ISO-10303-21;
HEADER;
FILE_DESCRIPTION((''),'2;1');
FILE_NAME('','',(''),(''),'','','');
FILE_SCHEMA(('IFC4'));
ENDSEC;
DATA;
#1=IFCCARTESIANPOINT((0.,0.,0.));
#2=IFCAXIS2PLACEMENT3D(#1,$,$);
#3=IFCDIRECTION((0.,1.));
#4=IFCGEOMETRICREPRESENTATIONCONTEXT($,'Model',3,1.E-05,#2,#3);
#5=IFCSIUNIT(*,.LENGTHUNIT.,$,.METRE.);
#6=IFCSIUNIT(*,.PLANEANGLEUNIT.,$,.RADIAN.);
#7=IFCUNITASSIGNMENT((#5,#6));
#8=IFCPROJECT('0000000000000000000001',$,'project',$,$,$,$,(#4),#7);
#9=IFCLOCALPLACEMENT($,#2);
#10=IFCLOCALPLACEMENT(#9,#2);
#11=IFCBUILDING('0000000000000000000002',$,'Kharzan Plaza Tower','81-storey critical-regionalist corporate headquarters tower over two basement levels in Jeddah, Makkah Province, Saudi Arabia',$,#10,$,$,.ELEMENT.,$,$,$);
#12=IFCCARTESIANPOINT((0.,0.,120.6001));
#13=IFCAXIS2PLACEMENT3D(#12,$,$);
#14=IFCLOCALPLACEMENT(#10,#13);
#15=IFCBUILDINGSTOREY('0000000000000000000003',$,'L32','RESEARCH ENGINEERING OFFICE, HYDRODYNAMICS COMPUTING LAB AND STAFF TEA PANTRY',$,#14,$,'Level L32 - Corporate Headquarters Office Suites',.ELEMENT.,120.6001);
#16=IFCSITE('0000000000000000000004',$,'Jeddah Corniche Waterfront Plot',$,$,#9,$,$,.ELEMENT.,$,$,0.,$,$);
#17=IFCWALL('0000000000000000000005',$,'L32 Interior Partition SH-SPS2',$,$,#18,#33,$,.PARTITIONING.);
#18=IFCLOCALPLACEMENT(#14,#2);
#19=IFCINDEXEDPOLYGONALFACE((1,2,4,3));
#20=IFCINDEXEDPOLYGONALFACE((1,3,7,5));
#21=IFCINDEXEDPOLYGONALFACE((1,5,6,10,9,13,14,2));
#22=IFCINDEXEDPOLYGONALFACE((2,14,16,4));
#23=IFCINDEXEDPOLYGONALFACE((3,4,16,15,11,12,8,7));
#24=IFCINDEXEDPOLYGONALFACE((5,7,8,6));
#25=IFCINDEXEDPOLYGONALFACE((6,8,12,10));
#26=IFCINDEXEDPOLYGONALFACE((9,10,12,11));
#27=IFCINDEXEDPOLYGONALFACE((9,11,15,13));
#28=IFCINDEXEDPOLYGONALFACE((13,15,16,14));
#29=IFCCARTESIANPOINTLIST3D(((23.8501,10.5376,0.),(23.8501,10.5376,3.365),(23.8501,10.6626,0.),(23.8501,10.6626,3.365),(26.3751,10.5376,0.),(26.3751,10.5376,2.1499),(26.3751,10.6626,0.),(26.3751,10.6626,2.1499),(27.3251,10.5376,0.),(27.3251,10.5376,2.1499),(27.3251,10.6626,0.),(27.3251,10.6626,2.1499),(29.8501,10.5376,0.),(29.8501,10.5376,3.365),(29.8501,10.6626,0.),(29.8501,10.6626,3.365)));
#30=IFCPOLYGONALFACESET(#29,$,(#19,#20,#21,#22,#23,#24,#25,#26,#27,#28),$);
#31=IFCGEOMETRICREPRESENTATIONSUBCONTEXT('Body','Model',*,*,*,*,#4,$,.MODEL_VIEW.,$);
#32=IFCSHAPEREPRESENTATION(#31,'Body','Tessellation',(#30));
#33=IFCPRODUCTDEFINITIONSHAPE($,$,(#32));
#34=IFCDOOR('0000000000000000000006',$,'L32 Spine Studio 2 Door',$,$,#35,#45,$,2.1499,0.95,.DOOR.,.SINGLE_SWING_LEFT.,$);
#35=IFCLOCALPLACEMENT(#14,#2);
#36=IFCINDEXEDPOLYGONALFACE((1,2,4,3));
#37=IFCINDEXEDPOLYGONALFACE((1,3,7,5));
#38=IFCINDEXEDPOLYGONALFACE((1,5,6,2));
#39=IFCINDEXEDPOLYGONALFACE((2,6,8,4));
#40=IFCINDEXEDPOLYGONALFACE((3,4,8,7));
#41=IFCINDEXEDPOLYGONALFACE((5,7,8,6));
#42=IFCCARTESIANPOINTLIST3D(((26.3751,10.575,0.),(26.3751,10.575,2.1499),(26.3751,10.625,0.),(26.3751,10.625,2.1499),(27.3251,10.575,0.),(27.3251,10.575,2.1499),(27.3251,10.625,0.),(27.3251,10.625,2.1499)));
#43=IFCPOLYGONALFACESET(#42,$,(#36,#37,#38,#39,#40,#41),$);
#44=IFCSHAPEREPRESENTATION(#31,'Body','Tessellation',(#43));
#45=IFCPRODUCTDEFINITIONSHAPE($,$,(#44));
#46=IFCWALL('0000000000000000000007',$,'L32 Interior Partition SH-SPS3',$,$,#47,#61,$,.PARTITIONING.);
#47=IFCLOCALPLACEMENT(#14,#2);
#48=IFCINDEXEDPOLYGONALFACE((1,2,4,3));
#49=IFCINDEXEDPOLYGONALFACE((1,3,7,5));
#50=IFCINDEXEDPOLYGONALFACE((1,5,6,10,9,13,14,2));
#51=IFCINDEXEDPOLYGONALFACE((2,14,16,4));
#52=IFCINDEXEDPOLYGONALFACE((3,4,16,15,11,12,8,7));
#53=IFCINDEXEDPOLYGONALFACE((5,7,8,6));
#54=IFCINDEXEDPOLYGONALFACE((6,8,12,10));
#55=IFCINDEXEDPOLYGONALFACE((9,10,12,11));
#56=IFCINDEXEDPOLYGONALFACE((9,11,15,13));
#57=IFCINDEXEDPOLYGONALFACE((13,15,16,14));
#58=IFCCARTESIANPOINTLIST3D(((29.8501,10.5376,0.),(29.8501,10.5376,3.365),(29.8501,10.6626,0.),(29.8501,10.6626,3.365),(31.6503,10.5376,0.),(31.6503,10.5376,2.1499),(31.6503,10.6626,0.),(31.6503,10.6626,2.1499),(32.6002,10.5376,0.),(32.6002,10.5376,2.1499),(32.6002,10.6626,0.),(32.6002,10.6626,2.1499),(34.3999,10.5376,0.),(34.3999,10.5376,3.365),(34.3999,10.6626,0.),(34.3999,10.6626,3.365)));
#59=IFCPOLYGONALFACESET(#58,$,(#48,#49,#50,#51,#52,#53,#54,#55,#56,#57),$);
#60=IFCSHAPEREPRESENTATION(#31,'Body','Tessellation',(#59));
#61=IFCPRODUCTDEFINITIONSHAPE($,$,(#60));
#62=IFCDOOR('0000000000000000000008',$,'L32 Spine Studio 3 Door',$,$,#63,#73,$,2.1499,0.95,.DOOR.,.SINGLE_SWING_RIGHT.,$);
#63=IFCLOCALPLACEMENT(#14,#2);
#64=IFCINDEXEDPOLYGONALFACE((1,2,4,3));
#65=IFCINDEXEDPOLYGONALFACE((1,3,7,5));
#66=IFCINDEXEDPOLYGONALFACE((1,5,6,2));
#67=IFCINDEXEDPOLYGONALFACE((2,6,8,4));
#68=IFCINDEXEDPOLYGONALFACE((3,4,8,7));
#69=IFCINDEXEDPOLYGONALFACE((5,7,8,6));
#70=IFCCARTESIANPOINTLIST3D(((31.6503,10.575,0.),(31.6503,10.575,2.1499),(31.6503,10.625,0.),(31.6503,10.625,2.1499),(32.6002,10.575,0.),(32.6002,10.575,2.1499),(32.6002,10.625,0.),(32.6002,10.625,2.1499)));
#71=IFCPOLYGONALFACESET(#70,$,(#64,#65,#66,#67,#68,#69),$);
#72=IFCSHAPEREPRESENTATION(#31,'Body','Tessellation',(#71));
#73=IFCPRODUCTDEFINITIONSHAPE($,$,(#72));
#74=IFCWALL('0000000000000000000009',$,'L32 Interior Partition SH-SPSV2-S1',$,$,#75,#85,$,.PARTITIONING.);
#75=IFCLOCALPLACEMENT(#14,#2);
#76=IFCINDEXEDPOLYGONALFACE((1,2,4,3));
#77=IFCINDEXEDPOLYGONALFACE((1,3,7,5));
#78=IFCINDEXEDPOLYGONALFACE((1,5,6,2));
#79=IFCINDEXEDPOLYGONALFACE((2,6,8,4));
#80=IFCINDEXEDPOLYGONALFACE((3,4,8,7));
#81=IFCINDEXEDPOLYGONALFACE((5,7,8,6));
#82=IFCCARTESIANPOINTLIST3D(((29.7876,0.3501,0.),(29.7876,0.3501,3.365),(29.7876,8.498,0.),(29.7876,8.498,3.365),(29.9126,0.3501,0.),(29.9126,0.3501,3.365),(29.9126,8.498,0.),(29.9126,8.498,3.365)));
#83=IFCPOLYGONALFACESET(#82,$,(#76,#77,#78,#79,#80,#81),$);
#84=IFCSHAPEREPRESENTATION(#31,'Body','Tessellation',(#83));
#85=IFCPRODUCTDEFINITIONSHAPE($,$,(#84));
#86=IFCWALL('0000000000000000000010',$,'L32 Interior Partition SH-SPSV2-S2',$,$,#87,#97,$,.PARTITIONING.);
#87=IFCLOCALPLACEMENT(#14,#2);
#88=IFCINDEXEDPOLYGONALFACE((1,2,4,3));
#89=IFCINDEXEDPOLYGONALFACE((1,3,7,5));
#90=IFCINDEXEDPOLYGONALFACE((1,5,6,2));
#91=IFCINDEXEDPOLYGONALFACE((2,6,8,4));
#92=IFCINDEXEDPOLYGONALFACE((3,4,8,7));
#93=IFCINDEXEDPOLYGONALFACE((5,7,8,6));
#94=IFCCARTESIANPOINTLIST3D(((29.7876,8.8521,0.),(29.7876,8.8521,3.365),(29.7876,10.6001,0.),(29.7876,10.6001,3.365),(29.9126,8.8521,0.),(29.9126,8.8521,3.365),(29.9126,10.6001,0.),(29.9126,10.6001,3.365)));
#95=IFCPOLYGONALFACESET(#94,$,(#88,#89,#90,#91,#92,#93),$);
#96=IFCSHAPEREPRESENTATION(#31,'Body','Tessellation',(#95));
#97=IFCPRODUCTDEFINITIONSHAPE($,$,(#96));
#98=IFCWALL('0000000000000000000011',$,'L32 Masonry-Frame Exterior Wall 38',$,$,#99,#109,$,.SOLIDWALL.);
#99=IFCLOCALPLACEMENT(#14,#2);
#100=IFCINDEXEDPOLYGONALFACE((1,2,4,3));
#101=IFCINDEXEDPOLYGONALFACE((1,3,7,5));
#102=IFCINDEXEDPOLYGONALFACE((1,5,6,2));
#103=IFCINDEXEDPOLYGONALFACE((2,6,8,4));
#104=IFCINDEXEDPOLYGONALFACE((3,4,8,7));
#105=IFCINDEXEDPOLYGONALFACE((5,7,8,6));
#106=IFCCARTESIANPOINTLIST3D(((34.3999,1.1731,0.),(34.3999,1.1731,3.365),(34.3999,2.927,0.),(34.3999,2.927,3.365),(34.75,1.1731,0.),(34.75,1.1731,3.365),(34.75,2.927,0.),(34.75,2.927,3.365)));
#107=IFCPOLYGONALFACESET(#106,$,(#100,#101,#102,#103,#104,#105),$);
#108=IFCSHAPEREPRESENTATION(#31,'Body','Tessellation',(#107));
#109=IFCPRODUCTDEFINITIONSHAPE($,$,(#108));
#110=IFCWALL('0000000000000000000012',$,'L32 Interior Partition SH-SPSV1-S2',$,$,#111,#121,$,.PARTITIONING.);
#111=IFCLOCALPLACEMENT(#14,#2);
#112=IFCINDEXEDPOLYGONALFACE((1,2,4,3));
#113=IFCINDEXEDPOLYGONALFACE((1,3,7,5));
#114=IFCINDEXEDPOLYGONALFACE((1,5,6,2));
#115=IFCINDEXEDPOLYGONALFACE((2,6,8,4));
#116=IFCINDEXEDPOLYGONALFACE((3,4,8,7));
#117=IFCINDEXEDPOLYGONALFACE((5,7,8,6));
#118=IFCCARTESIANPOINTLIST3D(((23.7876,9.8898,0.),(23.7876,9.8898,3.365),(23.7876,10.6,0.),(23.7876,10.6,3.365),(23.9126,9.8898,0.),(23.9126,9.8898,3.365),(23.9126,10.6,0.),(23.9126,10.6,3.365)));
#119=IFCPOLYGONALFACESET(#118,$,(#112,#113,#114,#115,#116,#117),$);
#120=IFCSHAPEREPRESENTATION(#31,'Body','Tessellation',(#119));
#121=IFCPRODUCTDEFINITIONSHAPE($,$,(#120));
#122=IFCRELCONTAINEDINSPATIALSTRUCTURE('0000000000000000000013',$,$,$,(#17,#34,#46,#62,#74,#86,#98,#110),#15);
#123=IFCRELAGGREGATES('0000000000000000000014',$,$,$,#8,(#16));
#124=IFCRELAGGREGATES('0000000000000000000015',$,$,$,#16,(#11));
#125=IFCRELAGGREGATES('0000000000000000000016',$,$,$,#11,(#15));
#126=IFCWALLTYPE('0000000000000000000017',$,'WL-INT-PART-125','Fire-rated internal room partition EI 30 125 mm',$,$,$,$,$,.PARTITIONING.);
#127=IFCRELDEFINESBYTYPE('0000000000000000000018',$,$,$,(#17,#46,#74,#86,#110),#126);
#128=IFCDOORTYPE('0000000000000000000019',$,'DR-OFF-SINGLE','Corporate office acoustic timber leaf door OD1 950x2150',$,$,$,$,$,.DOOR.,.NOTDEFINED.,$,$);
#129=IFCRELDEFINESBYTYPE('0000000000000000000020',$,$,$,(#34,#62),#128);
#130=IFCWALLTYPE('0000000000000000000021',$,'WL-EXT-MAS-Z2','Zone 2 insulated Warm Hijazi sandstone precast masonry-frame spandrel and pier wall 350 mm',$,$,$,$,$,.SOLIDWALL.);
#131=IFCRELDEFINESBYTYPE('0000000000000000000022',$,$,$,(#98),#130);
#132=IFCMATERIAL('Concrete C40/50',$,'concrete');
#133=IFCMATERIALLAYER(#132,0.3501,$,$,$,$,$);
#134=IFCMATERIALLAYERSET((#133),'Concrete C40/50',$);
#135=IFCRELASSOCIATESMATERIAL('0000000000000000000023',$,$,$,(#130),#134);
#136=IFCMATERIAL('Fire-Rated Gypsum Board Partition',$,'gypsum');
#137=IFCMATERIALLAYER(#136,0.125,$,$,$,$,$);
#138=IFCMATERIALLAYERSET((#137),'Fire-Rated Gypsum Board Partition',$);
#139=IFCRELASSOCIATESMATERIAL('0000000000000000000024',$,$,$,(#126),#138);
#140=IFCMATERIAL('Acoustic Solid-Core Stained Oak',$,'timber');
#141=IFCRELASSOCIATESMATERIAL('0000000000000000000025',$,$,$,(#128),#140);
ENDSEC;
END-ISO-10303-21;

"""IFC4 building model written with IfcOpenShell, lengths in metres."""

from ifc_helpers import new_model, si_unit, direction, frame, frame_2d, origin, place, context, subcontext, project, spatial, rectangle, extrude, source, transform, mapped, material, layer, layer_set, type_object, element, fill, save


model = new_model("IFC4")

# Units and contexts
model_context = context("Model", 3, precision=1e-05, world=origin(), true_north=direction((0.0, 1.0)))
body_context = subcontext(model_context, "Body", "Model", "MODEL_VIEW")
ifc_project = project(units=[si_unit("LENGTHUNIT", "METRE"), si_unit("PLANEANGLEUNIT", "RADIAN")], contexts=[model_context])

# Site, building, storey
site_placement = place(None, origin())
site = spatial("IfcSite", under=ifc_project, at=site_placement, Name="Jeddah Corniche Waterfront Plot", CompositionType="ELEMENT", RefElevation=0.0)
building_placement = place(site_placement, origin())
building = spatial("IfcBuilding", under=site, at=building_placement, Name="Kharzan Plaza Tower", Description="81-storey critical-regionalist corporate headquarters tower over two basement levels in Jeddah, Makkah Province, Saudi Arabia", CompositionType="ELEMENT")
storey_placement = place(building_placement, frame((0.0, 0.0, 120.6001)))
storey = spatial("IfcBuildingStorey", under=building, at=storey_placement, Name="L32", Description="RESEARCH ENGINEERING OFFICE, HYDRODYNAMICS COMPUTING LAB AND STAFF TEA PANTRY", LongName="Level L32 - Corporate Headquarters Office Suites", CompositionType="ELEMENT", Elevation=120.6001)

# Shared definitions
ifc_material_1 = material(Name="Concrete C40/50", Category="concrete")
ifc_layer_1 = layer(ifc_material_1, 0.3501)
ifc_layer_set_1 = layer_set([ifc_layer_1], Name="Concrete C40/50")
wall_type_1 = type_object("IfcWallType", Name="WL-EXT-MAS-Z2", Description="Zone 2 insulated Warm Hijazi sandstone precast masonry-frame spandrel and pier wall 350 mm", PredefinedType="SOLIDWALL", material=ifc_layer_set_1)

# Walls, openings, doors
ifc_material_2 = material(Name="Fire-Rated Gypsum Board Partition", Category="gypsum")
ifc_layer_2 = layer(ifc_material_2, 0.125)
ifc_layer_set_2 = layer_set([ifc_layer_2], Name="Fire-Rated Gypsum Board Partition")
wall_type_2 = type_object("IfcWallType", Name="WL-INT-PART-125", Description="Fire-rated internal room partition EI 30 125 mm", PredefinedType="PARTITIONING", material=ifc_layer_set_2)
wall_1_placement = place(storey_placement, frame((23.8501, 10.6001, 0.0), z_axis=(0.0, 0.0, 1.0), x_axis=(1.0, 0.0, 0.0)))
wall_1 = element("IfcWall", 1, at=wall_1_placement, inside=storey, type_object=wall_type_2, Name="L32 Interior Partition SH-SPS2", PredefinedType="PARTITIONING", context=body_context, shape_type="SweptSolid", body=[
    extrude(rectangle(XDim=6.0, YDim=0.125, at=frame_2d((3.0, 0.0))), origin(), (0.0, 0.0, 1.0), 3.365),
])
opening_1_placement = place(wall_1_placement, frame((2.5249, 0.0, 0.0)))
opening_1 = element("IfcOpeningElement", 2, at=opening_1_placement, cuts=wall_1, PredefinedType="OPENING", context=body_context, shape_type="SweptSolid", body=[
    extrude(rectangle(XDim=0.95, YDim=2.1499, at=frame_2d((0.4751, 1.075))), frame((0.0, 0.0725, 0.0), z_axis=(0.0, -1.0, 0.0), x_axis=(1.0, 0.0, 0.0)), (0.0, 0.0, 1.0), 0.145),
])
ifc_material_3 = material(Name="Acoustic Solid-Core Stained Oak", Category="timber")
door_type = type_object("IfcDoorType", Name="DR-OFF-SINGLE", Description="Corporate office acoustic timber leaf door OD1 950x2150", OperationType="NOTDEFINED", PredefinedType="DOOR", material=ifc_material_3)
shared_shape_1 = source(origin(), body_context, "Body", "SweptSolid", [
    extrude(rectangle(XDim=0.95, YDim=2.1499, at=frame_2d((0.4751, 1.075))), frame((0.0, 0.0249, 0.0), z_axis=(0.0, -1.0, 0.0), x_axis=(1.0, 0.0, 0.0)), (0.0, 0.0, 1.0), 0.05),
])
door_1_placement = place(opening_1_placement, origin())
door_1 = element("IfcDoor", 3, at=door_1_placement, inside=storey, type_object=door_type, Name="L32 Spine Studio 2 Door", OperationType="SINGLE_SWING_LEFT", OverallHeight=2.1499, OverallWidth=0.95, PredefinedType="DOOR", context=body_context, shape_type="MappedRepresentation", body=[
    mapped(shared_shape_1, transform((0.0, 0.0, 0.0), x_axis=(1.0, 0.0, 0.0), y_axis=(0.0, 1.0, 0.0), z_axis=(0.0, 0.0, 1.0))),
])
fill(opening_1, door_1)
wall_2_placement = place(storey_placement, frame((29.8501, 10.6001, 0.0), z_axis=(0.0, 0.0, 1.0), x_axis=(1.0, 0.0, 0.0)))
wall_2 = element("IfcWall", 4, at=wall_2_placement, inside=storey, type_object=wall_type_2, Name="L32 Interior Partition SH-SPS3", PredefinedType="PARTITIONING", context=body_context, shape_type="SweptSolid", body=[
    extrude(rectangle(XDim=4.5498, YDim=0.125, at=frame_2d((2.2749, 0.0))), origin(), (0.0, 0.0, 1.0), 3.365),
])
opening_2_placement = place(wall_2_placement, frame((1.8, 0.0, 0.0)))
opening_2 = element("IfcOpeningElement", 5, at=opening_2_placement, cuts=wall_2, PredefinedType="OPENING", context=body_context, shape_type="SweptSolid", body=[
    extrude(rectangle(XDim=0.95, YDim=2.1499, at=frame_2d((0.4751, 1.075))), frame((0.0, 0.0725, 0.0), z_axis=(0.0, -1.0, 0.0), x_axis=(1.0, 0.0, 0.0)), (0.0, 0.0, 1.0), 0.145),
])
door_2_placement = place(opening_2_placement, origin())
door_2 = element("IfcDoor", 6, at=door_2_placement, inside=storey, type_object=door_type, Name="L32 Spine Studio 3 Door", OperationType="SINGLE_SWING_RIGHT", OverallHeight=2.1499, OverallWidth=0.95, PredefinedType="DOOR", context=body_context, shape_type="MappedRepresentation", body=[
    mapped(shared_shape_1, transform((0.0, 0.0, 0.0), x_axis=(1.0, 0.0, 0.0), y_axis=(0.0, 1.0, 0.0), z_axis=(0.0, 0.0, 1.0))),
])
fill(opening_2, door_2)

# Walls
shared_shape_2 = source(origin(), body_context, "Body", "SweptSolid", [
    extrude(rectangle(XDim=8.1479, YDim=0.125, at=frame_2d((4.074, 0.0))), origin(), (0.0, 0.0, 1.0), 3.365),
])
wall_3_placement = place(storey_placement, frame((29.8501, 0.3501, 0.0), z_axis=(0.0, 0.0, 1.0), x_axis=(0.0, 1.0, 0.0)))
element("IfcWall", 7, at=wall_3_placement, inside=storey, type_object=wall_type_2, Name="L32 Interior Partition SH-SPSV2-S1", PredefinedType="PARTITIONING", context=body_context, shape_type="MappedRepresentation", body=[
    mapped(shared_shape_2, transform((0.0, 0.0, 0.0), x_axis=(1.0, 0.0, 0.0), y_axis=(0.0, 1.0, 0.0), z_axis=(0.0, 0.0, 1.0))),
])
shared_shape_3 = source(origin(), body_context, "Body", "SweptSolid", [
    extrude(rectangle(XDim=1.748, YDim=0.125, at=frame_2d((0.874, 0.0))), origin(), (0.0, 0.0, 1.0), 3.365),
])
wall_4_placement = place(storey_placement, frame((29.8501, 8.8521, 0.0), z_axis=(0.0, 0.0, 1.0), x_axis=(0.0, 1.0, 0.0)))
element("IfcWall", 8, at=wall_4_placement, inside=storey, type_object=wall_type_2, Name="L32 Interior Partition SH-SPSV2-S2", PredefinedType="PARTITIONING", context=body_context, shape_type="MappedRepresentation", body=[
    mapped(shared_shape_3, transform((0.0, 0.0, 0.0), x_axis=(1.0, 0.0, 0.0), y_axis=(0.0, 1.0, 0.0), z_axis=(0.0, 0.0, 1.0))),
])
shared_shape_4 = source(origin(), body_context, "Body", "SweptSolid", [
    extrude(rectangle(XDim=1.7539, YDim=0.3501, at=frame_2d((0.877, 0.0))), origin(), (0.0, 0.0, 1.0), 3.365),
])
wall_5_placement = place(storey_placement, frame((34.575, 2.927, 0.0), z_axis=(0.0, 0.0, 1.0), x_axis=(0.0, -1.0, 0.0)))
element("IfcWall", 9, at=wall_5_placement, inside=storey, type_object=wall_type_1, Name="L32 Masonry-Frame Exterior Wall 38", PredefinedType="SOLIDWALL", context=body_context, shape_type="MappedRepresentation", body=[
    mapped(shared_shape_4, transform((0.0, 0.0, 0.0), x_axis=(1.0, 0.0, 0.0), y_axis=(0.0, 1.0, 0.0), z_axis=(0.0, 0.0, 1.0))),
])
shared_shape_5 = source(origin(), body_context, "Body", "SweptSolid", [
    extrude(rectangle(XDim=0.7102, YDim=0.125, at=frame_2d((0.355, 0.0))), origin(), (0.0, 0.0, 1.0), 3.365),
])
wall_6_placement = place(storey_placement, frame((23.8501, 9.8899, 0.0), z_axis=(0.0, 0.0, 1.0), x_axis=(0.0, 1.0, 0.0)))
element("IfcWall", 10, at=wall_6_placement, inside=storey, type_object=wall_type_2, Name="L32 Interior Partition SH-SPSV1-S2", PredefinedType="PARTITIONING", context=body_context, shape_type="MappedRepresentation", body=[
    mapped(shared_shape_5, transform((0.0, 0.0, 0.0), x_axis=(1.0, 0.0, 0.0), y_axis=(0.0, 1.0, 0.0), z_axis=(0.0, 0.0, 1.0))),
])

save(model, "model.ifc")
